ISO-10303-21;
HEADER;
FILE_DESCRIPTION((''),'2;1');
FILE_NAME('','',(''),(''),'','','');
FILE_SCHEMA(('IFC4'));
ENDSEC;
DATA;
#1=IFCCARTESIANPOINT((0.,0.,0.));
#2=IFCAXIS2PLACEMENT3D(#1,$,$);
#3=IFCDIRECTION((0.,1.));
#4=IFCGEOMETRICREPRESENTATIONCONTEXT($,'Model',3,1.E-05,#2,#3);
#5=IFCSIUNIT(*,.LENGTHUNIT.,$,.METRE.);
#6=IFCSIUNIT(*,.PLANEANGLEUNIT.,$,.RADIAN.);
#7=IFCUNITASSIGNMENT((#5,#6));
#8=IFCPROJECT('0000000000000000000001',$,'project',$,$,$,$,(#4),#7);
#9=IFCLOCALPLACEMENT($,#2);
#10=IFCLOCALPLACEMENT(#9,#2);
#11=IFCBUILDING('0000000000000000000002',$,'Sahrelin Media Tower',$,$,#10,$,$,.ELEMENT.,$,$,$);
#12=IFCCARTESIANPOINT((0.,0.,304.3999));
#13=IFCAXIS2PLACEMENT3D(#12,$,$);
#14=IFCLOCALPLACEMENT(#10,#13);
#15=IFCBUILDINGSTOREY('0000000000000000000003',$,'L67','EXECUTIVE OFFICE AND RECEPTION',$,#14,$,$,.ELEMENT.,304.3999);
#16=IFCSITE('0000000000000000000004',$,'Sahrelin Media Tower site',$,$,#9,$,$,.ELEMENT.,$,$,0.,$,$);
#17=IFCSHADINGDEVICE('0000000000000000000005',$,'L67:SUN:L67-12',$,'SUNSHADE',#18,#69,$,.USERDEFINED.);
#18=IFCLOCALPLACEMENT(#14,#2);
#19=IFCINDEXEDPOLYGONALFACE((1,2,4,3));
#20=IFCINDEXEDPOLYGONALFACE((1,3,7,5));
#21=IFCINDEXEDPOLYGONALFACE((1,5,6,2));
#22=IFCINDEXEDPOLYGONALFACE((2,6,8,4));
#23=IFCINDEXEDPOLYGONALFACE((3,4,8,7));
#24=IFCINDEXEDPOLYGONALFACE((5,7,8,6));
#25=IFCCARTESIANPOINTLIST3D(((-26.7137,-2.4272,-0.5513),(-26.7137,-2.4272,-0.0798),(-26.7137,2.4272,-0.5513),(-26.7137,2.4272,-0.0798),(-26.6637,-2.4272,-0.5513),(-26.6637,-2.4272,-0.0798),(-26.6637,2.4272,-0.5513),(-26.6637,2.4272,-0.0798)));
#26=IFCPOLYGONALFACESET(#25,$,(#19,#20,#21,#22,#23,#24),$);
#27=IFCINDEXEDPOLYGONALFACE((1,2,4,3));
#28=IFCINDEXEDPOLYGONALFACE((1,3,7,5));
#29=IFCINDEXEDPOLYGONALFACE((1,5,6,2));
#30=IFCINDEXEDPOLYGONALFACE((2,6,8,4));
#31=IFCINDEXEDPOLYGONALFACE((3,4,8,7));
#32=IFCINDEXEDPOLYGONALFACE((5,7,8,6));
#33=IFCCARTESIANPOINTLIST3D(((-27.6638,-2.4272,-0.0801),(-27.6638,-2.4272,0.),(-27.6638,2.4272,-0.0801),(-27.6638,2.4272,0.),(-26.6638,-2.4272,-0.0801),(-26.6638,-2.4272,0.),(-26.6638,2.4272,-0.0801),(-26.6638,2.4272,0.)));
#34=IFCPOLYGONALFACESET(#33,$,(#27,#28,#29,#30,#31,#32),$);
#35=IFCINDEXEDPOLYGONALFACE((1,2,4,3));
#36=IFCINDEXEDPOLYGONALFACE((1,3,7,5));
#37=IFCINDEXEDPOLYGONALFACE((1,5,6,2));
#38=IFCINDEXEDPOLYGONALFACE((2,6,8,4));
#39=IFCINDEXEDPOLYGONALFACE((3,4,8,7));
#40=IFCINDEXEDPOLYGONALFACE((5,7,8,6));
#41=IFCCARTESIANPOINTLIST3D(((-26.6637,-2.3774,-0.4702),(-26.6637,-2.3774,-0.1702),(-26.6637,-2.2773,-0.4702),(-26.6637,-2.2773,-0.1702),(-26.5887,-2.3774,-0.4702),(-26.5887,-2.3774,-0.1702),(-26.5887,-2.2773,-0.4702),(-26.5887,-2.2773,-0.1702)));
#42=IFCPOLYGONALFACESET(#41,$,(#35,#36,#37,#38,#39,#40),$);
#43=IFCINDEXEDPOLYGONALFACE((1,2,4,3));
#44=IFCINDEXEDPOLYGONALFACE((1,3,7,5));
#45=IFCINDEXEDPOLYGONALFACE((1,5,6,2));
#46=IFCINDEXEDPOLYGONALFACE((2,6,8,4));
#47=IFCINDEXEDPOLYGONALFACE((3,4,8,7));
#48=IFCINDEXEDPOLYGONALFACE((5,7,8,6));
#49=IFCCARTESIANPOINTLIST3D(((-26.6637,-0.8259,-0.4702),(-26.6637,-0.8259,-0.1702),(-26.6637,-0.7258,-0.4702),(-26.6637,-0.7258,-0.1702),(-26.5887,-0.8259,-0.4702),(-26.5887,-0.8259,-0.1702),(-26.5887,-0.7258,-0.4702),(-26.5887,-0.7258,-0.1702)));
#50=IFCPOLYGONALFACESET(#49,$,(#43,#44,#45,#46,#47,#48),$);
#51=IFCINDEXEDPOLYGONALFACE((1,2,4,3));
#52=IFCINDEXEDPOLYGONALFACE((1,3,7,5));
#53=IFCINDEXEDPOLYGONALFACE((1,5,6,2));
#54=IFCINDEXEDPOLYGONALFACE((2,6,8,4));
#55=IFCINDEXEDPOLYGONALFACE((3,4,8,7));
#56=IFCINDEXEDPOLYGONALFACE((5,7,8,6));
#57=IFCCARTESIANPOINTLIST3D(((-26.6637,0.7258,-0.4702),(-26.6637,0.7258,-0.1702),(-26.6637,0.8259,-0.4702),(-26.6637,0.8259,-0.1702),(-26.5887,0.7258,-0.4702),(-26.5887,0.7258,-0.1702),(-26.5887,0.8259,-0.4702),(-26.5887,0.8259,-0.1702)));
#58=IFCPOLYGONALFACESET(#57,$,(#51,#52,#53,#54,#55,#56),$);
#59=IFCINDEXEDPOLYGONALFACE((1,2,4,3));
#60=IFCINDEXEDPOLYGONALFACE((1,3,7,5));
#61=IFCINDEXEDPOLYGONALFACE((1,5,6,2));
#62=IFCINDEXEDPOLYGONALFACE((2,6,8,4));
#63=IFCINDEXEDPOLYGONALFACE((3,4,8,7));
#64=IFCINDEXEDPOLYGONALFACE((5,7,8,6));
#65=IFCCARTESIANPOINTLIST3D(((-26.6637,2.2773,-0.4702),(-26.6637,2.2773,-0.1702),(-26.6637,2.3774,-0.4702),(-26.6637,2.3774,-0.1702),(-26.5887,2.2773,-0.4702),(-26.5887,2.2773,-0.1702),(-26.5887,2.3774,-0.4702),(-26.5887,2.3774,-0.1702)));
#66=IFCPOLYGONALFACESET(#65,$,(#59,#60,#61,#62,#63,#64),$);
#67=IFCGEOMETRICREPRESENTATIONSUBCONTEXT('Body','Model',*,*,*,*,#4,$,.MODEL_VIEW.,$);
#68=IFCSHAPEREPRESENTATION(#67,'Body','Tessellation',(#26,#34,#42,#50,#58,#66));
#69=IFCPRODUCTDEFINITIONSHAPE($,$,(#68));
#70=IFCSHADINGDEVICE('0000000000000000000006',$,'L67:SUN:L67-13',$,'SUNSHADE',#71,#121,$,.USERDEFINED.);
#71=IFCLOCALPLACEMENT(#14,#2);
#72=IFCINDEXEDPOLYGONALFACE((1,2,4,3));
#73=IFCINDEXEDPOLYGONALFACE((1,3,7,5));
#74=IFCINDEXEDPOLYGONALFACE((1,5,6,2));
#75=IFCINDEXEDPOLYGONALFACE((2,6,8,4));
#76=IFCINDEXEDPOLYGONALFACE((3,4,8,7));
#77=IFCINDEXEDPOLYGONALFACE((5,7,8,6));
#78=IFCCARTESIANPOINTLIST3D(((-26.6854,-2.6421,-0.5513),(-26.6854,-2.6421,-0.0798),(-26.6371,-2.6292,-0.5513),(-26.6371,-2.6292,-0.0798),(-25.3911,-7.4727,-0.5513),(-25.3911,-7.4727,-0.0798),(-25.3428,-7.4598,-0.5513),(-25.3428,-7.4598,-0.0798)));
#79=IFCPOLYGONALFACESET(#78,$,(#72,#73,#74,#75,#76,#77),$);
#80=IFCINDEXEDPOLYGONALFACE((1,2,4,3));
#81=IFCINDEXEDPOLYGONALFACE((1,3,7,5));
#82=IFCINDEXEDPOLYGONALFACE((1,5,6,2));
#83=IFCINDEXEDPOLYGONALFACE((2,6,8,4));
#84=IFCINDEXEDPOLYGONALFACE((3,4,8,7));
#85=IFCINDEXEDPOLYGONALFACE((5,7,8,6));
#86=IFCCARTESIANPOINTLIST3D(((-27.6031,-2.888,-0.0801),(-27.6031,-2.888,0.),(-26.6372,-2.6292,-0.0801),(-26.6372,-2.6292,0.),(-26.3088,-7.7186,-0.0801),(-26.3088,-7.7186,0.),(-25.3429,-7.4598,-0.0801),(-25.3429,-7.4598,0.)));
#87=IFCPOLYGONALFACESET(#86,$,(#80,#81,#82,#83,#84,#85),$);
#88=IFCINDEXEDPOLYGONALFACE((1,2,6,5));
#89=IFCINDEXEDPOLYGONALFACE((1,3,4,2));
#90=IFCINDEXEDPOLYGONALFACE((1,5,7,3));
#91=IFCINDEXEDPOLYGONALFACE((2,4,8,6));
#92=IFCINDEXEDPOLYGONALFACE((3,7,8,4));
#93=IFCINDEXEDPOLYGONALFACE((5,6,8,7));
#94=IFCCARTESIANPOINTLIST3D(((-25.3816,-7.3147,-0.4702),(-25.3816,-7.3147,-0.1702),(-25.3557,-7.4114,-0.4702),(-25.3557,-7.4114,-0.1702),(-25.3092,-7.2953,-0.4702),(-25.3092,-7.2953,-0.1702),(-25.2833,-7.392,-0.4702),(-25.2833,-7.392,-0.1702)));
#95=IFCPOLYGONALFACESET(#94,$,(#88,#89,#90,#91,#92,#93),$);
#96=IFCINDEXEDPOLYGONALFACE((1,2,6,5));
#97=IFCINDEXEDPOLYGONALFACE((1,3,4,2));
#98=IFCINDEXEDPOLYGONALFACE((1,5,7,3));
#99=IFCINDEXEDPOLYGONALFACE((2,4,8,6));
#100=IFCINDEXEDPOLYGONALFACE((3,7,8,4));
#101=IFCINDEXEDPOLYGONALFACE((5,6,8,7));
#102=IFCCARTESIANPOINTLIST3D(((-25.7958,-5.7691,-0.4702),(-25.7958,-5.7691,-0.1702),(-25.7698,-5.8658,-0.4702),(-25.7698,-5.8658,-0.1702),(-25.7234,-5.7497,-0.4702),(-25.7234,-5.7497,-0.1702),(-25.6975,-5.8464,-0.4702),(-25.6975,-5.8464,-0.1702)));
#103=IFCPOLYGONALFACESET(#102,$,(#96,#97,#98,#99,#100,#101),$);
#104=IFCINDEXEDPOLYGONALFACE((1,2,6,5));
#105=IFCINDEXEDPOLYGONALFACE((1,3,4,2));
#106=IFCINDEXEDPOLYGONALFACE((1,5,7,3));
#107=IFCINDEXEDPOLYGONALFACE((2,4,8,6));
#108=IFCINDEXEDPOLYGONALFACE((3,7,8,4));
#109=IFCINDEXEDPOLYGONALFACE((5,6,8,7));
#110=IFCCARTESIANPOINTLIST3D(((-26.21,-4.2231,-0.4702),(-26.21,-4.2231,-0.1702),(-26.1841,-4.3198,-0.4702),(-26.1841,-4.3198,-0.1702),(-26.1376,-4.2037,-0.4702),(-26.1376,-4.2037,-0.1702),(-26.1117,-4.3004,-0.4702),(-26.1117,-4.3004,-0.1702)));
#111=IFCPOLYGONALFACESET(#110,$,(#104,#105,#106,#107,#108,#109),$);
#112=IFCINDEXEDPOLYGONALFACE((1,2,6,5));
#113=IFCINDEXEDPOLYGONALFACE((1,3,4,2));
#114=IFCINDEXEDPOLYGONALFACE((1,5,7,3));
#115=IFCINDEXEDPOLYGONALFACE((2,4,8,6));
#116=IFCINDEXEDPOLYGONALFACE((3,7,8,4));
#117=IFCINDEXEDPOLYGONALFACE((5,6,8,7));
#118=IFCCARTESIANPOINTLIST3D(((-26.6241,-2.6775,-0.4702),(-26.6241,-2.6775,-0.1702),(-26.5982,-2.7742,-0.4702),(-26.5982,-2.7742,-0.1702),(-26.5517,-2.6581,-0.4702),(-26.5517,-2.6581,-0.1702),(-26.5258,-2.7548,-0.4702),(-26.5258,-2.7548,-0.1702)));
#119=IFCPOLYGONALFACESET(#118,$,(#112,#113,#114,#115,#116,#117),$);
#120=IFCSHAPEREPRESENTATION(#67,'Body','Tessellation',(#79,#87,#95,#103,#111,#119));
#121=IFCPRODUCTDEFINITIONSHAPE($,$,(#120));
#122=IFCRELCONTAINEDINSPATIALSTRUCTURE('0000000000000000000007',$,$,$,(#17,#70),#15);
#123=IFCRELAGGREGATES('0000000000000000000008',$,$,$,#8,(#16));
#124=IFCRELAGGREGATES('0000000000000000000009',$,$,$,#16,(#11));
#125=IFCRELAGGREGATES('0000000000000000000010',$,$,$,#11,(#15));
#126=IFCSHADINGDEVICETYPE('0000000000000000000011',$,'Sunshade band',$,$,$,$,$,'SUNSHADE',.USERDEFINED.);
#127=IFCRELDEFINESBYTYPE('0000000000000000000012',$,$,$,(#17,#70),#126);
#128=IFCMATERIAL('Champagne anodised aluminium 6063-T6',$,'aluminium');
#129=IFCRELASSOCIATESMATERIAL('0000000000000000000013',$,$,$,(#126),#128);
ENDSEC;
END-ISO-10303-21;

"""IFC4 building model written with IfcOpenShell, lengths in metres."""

from ifc_helpers import new_model, si_unit, direction, frame, origin, origin_2d, place, context, subcontext, project, spatial, rectangle, extrude, material, type_object, element, save


model = new_model("IFC4")

# Units and contexts
model_context = context("Model", 3, precision=1e-05, world=origin(), true_north=direction((0.0, 1.0)))
body_context = subcontext(model_context, "Body", "Model", "MODEL_VIEW")
ifc_project = project(units=[si_unit("LENGTHUNIT", "METRE"), si_unit("PLANEANGLEUNIT", "RADIAN")], contexts=[model_context])

# Site, building, storey
site_placement = place(None, origin())
site = spatial("IfcSite", under=ifc_project, at=site_placement, Name="Sahrelin Media Tower site", CompositionType="ELEMENT", RefElevation=0.0)
building_placement = place(site_placement, origin())
building = spatial("IfcBuilding", under=site, at=building_placement, Name="Sahrelin Media Tower", CompositionType="ELEMENT")
storey_placement = place(building_placement, frame((0.0, 0.0, 304.3999)))
storey = spatial("IfcBuildingStorey", under=building, at=storey_placement, Name="L67", Description="EXECUTIVE OFFICE AND RECEPTION", CompositionType="ELEMENT", Elevation=304.3999)

# Shared definitions
ifc_material_1 = material(Name="Champagne anodised aluminium 6063-T6", Category="aluminium")

# Shading devices
placement_1 = place(storey_placement, frame((-26.6438, 0.0, 0.0), z_axis=(0.0, 0.0, 1.0), x_axis=(0.0, 1.0, 0.0)))
placement_2 = place(storey_placement, frame((-25.9707, -5.0393, 0.0), z_axis=(0.0, 0.0, 1.0), x_axis=(-0.258808, 0.965929, 0.0)))
shading_device_type_1 = type_object("IfcShadingDeviceType", Name="Sunshade band", ElementType="SUNSHADE", PredefinedType="USERDEFINED", material=ifc_material_1)
element("IfcShadingDevice", 1, at=placement_1, inside=storey, type_object=shading_device_type_1, Name="L67:SUN:L67-12", ObjectType="SUNSHADE", PredefinedType="USERDEFINED", context=body_context, shape_type="SweptSolid", body=[
    extrude(rectangle(XDim=4.8545, YDim=0.05, at=origin_2d()), frame((0.0, 0.0449, -0.5513)), (0.0, 0.0, 1.0), 0.4714),
    extrude(rectangle(XDim=4.8545, YDim=1.0, at=origin_2d()), frame((0.0, 0.52, -0.0801)), (0.0, 0.0, 1.0), 0.0801),
    extrude(rectangle(XDim=0.1001, YDim=0.075, at=origin_2d()), frame((-2.3274, -0.0176, -0.4702)), (0.0, 0.0, 1.0), 0.3),
    extrude(rectangle(XDim=0.1001, YDim=0.075, at=origin_2d()), frame((-0.7759, -0.0176, -0.4702)), (0.0, 0.0, 1.0), 0.3),
    extrude(rectangle(XDim=0.1001, YDim=0.075, at=origin_2d()), frame((0.7759, -0.0176, -0.4702)), (0.0, 0.0, 1.0), 0.3),
    extrude(rectangle(XDim=0.1001, YDim=0.075, at=origin_2d()), frame((2.3274, -0.0176, -0.4702)), (0.0, 0.0, 1.0), 0.3),
])
element("IfcShadingDevice", 2, at=placement_2, inside=storey, type_object=shading_device_type_1, Name="L67:SUN:L67-13", ObjectType="SUNSHADE", PredefinedType="USERDEFINED", context=body_context, shape_type="SweptSolid", body=[
    extrude(rectangle(XDim=5.001, YDim=0.05, at=origin_2d()), frame((0.0, 0.0449, -0.5513)), (0.0, 0.0, 1.0), 0.4714),
    extrude(rectangle(XDim=5.001, YDim=1.0, at=origin_2d()), frame((0.0, 0.52, -0.0801)), (0.0, 0.0, 1.0), 0.0801),
    extrude(rectangle(XDim=0.1001, YDim=0.075, at=origin_2d()), frame((-2.4004, -0.0176, -0.4702)), (0.0, 0.0, 1.0), 0.3),
    extrude(rectangle(XDim=0.1001, YDim=0.075, at=origin_2d()), frame((-0.8003, -0.0176, -0.4702)), (0.0, 0.0, 1.0), 0.3),
    extrude(rectangle(XDim=0.1001, YDim=0.075, at=origin_2d()), frame((0.8003, -0.0176, -0.4702)), (0.0, 0.0, 1.0), 0.3),
    extrude(rectangle(XDim=0.1001, YDim=0.075, at=origin_2d()), frame((2.4004, -0.0176, -0.4702)), (0.0, 0.0, 1.0), 0.3),
])

save(model, "model.ifc")
